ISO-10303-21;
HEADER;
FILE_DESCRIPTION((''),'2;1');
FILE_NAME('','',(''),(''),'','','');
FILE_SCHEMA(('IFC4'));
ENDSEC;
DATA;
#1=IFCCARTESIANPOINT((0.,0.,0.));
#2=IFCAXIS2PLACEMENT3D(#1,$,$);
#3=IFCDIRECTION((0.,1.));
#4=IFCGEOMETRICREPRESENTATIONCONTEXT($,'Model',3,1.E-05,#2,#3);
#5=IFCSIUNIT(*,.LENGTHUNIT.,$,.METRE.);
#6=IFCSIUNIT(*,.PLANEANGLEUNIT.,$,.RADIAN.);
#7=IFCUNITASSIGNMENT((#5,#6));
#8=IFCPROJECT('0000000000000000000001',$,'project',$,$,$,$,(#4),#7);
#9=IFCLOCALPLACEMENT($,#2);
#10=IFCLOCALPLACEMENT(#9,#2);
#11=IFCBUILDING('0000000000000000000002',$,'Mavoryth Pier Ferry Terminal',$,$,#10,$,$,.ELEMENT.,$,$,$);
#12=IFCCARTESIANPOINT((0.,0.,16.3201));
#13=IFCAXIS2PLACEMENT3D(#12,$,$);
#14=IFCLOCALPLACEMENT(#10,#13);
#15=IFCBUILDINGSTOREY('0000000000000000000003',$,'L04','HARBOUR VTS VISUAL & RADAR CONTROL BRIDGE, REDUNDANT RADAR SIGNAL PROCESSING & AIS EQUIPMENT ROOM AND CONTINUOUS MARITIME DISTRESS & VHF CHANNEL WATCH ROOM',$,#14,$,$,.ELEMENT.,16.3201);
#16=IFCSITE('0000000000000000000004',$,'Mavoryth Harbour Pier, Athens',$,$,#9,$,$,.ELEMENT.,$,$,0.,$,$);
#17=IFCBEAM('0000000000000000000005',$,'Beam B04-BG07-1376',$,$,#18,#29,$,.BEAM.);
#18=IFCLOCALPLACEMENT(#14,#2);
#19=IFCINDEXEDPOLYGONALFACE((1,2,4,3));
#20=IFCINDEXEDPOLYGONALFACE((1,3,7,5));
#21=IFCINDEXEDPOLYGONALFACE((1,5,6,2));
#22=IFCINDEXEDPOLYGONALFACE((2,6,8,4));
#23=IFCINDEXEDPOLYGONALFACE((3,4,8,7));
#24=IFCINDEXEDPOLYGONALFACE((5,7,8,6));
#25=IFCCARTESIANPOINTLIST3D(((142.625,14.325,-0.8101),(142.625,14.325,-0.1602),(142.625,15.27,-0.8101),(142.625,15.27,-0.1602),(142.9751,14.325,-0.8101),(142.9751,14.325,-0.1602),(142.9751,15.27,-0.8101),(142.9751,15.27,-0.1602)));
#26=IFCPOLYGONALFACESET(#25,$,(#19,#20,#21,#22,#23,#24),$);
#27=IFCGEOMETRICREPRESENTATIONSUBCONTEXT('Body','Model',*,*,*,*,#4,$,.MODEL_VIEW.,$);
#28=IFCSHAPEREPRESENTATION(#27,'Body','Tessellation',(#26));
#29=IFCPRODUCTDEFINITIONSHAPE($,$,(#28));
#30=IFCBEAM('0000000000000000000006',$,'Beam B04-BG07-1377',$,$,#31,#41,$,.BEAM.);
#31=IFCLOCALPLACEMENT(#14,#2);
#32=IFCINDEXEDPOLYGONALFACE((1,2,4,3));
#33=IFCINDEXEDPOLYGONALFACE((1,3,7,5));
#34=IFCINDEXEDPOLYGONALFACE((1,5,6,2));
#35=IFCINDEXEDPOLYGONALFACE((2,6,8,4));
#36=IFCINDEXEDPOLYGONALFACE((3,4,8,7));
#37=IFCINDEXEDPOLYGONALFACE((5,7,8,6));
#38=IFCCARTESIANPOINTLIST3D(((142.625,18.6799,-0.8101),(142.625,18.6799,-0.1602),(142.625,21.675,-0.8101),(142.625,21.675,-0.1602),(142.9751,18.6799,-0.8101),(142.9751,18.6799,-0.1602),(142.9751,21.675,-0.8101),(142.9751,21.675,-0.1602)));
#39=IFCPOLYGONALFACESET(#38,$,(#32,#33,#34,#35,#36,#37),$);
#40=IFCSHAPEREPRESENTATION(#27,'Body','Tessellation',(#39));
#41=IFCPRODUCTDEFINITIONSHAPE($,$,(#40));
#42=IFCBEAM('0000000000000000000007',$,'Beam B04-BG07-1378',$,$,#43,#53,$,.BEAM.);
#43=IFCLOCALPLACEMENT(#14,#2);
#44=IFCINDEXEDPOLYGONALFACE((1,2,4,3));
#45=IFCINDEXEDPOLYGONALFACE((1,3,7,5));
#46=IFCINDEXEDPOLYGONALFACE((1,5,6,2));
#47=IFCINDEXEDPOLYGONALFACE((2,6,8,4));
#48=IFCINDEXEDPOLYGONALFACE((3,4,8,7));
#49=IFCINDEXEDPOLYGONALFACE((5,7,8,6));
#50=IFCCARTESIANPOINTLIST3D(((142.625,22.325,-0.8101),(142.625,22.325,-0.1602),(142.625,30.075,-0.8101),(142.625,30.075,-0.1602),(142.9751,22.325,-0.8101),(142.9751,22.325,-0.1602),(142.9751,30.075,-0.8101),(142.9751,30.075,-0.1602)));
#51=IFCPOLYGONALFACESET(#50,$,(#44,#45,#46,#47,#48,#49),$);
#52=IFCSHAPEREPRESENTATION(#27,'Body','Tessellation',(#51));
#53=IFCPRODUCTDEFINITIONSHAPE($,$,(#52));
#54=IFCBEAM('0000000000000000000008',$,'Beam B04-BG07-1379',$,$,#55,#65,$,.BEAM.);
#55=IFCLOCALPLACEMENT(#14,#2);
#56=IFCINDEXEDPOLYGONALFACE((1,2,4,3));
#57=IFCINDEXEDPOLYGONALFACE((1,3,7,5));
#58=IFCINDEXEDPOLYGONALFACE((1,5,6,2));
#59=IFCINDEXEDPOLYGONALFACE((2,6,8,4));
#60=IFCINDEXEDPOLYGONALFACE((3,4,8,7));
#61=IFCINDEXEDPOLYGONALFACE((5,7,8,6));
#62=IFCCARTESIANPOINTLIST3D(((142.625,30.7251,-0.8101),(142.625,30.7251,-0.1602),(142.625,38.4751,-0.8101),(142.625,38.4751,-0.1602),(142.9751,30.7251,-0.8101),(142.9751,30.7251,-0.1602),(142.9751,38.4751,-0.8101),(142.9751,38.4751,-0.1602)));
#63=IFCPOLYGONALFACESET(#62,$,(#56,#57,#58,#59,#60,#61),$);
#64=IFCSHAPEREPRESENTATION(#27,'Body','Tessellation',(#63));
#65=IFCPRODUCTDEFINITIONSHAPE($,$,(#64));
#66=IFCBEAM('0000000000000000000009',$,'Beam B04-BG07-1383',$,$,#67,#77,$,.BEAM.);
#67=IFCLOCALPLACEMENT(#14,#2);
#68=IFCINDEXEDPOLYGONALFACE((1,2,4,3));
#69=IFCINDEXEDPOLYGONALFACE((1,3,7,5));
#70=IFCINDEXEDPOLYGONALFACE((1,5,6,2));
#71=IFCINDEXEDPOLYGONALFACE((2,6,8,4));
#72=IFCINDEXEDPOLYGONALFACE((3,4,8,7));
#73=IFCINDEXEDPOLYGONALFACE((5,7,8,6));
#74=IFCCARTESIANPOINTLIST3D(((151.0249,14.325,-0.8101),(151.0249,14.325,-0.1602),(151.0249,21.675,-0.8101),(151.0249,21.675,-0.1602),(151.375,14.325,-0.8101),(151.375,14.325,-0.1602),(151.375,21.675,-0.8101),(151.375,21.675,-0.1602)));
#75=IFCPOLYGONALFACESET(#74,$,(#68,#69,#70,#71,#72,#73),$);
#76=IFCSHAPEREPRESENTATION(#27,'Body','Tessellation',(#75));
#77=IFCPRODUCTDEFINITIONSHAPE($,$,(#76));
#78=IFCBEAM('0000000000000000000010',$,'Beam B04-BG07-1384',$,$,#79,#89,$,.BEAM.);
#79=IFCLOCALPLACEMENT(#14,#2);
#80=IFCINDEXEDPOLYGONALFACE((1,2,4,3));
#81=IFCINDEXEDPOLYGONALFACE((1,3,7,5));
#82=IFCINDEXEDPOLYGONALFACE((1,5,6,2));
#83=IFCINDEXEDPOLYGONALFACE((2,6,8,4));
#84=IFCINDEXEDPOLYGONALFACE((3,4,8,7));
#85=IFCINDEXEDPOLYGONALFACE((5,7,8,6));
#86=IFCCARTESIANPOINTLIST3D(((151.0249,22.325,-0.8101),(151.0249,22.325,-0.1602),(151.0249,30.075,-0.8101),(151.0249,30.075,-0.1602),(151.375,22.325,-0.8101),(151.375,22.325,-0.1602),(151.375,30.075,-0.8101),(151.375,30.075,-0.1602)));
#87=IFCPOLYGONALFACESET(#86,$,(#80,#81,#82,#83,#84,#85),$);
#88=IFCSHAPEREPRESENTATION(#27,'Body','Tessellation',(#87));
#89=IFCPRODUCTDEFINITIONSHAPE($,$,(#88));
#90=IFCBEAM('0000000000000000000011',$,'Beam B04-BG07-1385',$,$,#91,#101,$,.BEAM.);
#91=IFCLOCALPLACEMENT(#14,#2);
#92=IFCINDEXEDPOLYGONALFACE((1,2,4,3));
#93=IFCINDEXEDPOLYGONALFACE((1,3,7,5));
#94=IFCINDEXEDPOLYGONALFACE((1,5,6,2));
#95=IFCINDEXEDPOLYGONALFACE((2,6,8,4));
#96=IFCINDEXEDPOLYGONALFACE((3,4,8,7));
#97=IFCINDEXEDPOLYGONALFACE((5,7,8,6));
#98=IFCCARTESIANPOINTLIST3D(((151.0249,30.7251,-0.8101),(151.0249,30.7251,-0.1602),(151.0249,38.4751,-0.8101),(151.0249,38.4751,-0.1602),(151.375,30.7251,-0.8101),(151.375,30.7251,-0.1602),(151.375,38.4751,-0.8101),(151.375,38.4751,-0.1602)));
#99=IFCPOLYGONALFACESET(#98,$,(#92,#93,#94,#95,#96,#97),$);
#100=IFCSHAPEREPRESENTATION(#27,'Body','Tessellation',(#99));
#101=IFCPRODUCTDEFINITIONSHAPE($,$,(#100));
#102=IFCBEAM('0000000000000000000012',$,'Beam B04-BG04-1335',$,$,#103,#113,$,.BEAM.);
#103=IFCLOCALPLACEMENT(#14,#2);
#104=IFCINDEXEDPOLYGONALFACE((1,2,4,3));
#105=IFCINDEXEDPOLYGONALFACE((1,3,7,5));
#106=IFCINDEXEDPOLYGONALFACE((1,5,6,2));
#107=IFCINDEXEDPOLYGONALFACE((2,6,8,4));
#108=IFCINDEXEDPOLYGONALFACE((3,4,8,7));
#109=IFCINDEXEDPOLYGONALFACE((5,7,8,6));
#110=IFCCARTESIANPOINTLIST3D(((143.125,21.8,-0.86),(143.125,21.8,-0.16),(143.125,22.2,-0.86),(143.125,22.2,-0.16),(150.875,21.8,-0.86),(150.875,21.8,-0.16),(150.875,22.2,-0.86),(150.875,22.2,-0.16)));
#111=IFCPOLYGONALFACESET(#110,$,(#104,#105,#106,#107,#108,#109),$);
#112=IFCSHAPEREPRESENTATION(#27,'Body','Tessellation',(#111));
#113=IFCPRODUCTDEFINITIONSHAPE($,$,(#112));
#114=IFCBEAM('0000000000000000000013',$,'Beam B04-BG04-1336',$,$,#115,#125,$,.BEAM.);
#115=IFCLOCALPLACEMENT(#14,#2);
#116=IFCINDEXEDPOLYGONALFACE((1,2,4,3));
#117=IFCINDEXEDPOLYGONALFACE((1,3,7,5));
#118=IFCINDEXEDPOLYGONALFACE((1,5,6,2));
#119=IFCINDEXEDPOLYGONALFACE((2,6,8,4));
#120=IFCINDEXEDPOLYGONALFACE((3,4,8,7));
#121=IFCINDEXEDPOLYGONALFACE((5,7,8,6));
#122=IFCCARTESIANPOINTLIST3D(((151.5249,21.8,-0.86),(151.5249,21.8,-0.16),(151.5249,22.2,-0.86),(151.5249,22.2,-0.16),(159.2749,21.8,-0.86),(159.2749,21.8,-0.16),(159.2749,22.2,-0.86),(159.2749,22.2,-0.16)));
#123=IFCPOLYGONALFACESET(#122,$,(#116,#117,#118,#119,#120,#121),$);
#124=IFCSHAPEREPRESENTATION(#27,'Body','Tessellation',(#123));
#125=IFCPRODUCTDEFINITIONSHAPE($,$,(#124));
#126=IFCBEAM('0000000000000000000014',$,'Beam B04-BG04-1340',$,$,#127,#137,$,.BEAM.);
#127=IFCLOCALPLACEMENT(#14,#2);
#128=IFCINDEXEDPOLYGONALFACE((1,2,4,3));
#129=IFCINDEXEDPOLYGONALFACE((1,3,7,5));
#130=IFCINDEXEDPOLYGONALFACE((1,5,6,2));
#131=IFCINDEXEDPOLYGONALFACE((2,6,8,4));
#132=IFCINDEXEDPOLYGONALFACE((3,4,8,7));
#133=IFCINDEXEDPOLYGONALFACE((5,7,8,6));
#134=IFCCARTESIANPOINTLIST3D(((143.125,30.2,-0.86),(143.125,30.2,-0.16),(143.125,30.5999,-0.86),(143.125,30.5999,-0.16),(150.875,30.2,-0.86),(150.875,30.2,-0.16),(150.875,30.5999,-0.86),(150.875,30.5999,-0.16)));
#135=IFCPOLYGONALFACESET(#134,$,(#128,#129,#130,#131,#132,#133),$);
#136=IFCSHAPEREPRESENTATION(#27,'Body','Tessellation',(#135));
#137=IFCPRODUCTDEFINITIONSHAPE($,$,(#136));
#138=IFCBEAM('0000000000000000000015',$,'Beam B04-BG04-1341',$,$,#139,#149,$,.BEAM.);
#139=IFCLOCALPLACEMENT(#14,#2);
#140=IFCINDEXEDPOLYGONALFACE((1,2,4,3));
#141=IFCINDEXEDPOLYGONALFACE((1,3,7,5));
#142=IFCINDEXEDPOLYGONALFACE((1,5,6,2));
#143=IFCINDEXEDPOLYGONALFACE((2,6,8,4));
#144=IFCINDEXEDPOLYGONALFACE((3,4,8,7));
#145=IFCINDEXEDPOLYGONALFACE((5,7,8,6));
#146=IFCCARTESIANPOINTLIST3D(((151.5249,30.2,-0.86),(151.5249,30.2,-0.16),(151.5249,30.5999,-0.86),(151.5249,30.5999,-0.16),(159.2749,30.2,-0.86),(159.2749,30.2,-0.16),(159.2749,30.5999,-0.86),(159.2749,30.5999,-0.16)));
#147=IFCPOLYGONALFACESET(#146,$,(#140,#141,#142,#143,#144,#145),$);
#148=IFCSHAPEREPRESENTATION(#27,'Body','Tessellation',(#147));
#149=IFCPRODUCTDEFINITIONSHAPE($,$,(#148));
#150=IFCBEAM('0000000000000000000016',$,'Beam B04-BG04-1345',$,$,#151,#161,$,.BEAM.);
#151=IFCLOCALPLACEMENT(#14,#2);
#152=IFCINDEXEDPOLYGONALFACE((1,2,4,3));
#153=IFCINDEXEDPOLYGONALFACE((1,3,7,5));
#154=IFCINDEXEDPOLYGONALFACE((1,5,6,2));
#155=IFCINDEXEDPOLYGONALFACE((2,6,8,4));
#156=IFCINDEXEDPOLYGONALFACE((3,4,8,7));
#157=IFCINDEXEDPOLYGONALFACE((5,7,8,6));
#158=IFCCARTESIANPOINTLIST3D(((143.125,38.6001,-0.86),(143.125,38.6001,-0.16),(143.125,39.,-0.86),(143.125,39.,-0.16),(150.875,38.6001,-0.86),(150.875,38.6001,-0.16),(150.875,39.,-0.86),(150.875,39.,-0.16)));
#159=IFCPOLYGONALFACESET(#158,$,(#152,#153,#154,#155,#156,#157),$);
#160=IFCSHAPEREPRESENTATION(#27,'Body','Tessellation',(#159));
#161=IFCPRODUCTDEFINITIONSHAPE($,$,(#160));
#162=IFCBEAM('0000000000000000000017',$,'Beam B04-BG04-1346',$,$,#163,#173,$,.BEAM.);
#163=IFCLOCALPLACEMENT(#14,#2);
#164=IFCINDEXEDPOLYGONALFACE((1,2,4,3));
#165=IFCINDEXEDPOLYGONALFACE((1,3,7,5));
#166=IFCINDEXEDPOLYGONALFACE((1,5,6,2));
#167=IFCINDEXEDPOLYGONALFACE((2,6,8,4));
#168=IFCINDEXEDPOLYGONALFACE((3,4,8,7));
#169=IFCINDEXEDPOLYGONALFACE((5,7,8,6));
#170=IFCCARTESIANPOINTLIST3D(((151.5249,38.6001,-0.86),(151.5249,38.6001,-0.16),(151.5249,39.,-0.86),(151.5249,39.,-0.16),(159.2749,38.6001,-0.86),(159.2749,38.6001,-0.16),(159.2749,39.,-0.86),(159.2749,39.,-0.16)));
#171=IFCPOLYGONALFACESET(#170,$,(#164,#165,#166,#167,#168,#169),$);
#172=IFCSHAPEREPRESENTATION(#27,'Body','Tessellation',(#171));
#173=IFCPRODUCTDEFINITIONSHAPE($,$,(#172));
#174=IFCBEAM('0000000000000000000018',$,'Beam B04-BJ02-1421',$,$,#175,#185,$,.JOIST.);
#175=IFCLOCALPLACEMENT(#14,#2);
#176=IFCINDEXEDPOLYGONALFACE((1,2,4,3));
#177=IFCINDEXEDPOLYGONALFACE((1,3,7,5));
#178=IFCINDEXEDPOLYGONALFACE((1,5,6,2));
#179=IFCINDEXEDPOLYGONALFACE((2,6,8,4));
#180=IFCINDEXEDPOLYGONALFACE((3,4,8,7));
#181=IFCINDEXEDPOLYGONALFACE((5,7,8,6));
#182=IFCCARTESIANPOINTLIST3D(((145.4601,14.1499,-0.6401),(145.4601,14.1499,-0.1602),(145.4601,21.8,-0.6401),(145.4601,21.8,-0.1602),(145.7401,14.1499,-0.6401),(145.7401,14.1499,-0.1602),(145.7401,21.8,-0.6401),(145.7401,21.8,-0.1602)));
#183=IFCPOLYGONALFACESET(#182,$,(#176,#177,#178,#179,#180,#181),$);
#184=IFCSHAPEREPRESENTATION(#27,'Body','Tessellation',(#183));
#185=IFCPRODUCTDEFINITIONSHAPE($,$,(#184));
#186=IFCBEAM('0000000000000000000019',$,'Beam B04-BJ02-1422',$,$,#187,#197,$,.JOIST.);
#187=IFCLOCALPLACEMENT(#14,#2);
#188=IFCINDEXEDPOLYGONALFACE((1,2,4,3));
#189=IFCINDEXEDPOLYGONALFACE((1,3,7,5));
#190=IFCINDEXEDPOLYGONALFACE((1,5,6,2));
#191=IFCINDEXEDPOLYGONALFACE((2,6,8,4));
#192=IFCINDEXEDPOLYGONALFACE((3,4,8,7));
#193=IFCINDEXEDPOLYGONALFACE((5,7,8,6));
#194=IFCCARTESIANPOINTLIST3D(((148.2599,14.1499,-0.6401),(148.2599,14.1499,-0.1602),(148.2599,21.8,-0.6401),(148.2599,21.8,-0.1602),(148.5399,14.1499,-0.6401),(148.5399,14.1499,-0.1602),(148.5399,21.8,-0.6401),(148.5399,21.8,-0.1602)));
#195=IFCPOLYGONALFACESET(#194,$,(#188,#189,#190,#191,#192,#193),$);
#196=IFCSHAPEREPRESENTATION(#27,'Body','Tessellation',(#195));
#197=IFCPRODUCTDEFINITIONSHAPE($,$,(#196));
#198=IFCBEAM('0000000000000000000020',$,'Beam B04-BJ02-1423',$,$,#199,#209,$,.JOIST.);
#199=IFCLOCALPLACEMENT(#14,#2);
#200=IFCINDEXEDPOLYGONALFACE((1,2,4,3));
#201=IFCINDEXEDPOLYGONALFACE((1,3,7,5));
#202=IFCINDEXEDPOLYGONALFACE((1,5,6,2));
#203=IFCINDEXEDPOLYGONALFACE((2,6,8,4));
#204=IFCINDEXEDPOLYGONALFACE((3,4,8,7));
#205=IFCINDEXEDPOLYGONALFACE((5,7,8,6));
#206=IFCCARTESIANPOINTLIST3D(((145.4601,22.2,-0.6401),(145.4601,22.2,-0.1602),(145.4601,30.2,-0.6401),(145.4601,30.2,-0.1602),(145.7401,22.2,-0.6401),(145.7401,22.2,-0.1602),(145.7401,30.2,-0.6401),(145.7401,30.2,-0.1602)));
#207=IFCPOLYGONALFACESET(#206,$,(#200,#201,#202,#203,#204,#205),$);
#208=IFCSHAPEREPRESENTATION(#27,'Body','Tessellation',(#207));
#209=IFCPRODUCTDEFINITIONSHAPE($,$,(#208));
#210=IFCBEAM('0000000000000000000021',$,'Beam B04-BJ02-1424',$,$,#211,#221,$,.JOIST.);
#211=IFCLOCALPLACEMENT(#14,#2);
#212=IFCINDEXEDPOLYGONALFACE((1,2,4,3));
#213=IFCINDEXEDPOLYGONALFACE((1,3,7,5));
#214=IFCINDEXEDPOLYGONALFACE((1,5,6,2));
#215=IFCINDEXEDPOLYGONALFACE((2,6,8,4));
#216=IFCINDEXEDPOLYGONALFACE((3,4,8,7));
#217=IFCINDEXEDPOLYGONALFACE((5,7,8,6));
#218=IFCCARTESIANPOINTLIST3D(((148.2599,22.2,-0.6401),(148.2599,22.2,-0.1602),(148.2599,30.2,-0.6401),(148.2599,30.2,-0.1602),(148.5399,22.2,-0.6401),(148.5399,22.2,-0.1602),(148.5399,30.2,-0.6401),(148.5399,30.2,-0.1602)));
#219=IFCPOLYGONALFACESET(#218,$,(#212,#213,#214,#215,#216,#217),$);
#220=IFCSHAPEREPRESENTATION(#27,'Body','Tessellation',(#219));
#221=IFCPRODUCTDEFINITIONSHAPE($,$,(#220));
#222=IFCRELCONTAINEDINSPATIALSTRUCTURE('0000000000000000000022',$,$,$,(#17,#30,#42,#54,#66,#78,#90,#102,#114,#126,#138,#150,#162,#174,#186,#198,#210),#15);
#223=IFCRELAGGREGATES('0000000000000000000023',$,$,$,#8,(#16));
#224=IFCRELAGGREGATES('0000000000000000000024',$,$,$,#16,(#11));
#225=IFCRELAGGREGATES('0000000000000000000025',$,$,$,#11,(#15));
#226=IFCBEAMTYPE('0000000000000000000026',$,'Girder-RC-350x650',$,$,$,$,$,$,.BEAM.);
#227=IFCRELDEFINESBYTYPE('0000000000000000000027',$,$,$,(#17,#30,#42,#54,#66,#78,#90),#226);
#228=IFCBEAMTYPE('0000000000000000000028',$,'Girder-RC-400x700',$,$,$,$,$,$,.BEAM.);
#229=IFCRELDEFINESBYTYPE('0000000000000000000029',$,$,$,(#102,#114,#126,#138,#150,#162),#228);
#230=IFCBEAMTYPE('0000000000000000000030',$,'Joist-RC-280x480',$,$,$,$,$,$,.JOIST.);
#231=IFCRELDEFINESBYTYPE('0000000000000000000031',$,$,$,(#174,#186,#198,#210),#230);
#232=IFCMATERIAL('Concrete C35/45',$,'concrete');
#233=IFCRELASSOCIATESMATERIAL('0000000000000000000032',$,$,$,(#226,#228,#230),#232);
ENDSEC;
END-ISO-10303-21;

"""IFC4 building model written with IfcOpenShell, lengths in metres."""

from ifc_helpers import new_model, si_unit, direction, frame, origin, origin_2d, place, context, subcontext, project, spatial, rectangle, extrude, material, material_profile, profile_set, type_object, element, save


model = new_model("IFC4")

# Units and contexts
model_context = context("Model", 3, precision=1e-05, world=origin(), true_north=direction((0.0, 1.0)))
body_context = subcontext(model_context, "Body", "Model", "MODEL_VIEW")
ifc_project = project(units=[si_unit("LENGTHUNIT", "METRE"), si_unit("PLANEANGLEUNIT", "RADIAN")], contexts=[model_context])

# Site, building, storey
site_placement = place(None, origin())
site = spatial("IfcSite", under=ifc_project, at=site_placement, Name="Mavoryth Harbour Pier, Athens", CompositionType="ELEMENT", RefElevation=0.0)
building_placement = place(site_placement, origin())
building = spatial("IfcBuilding", under=site, at=building_placement, Name="Mavoryth Pier Ferry Terminal", CompositionType="ELEMENT")
storey_placement = place(building_placement, frame((0.0, 0.0, 16.3201)))
storey = spatial("IfcBuildingStorey", under=building, at=storey_placement, Name="L04", Description="HARBOUR VTS VISUAL & RADAR CONTROL BRIDGE, REDUNDANT RADAR SIGNAL PROCESSING & AIS EQUIPMENT ROOM AND CONTINUOUS MARITIME DISTRESS & VHF CHANNEL WATCH ROOM", CompositionType="ELEMENT", Elevation=16.3201)

# Beams
ifc_material = material(Name="Concrete C35/45", Category="concrete")
ifc_material_profile_1 = material_profile(ifc_material, rectangle(XDim=0.3501, YDim=0.6499, at=origin_2d()), Name="RC 350x650", Category="concrete")
ifc_profile_set_1 = profile_set([ifc_material_profile_1], Name="Concrete C35/45 - RC 350x650")
beam_type_1 = type_object("IfcBeamType", Name="Girder-RC-350x650", PredefinedType="BEAM", material=ifc_profile_set_1)
beam_1_placement = place(storey_placement, frame((142.8, 14.325, -0.4851), z_axis=(0.0, 1.0, 0.0), x_axis=(-1.0, 0.0, 0.0)))
element("IfcBeam", 1, at=beam_1_placement, inside=storey, type_object=beam_type_1, Name="Beam B04-BG07-1376", PredefinedType="BEAM", context=body_context, shape_type="SweptSolid", body=[
    extrude(rectangle(XDim=0.3501, YDim=0.6499, at=origin_2d()), origin(), (0.0, 0.0, 1.0), 0.9451),
])
beam_2_placement = place(storey_placement, frame((142.8, 18.6799, -0.4851), z_axis=(0.0, 1.0, 0.0), x_axis=(-1.0, 0.0, 0.0)))
element("IfcBeam", 2, at=beam_2_placement, inside=storey, type_object=beam_type_1, Name="Beam B04-BG07-1377", PredefinedType="BEAM", context=body_context, shape_type="SweptSolid", body=[
    extrude(rectangle(XDim=0.3501, YDim=0.6499, at=origin_2d()), origin(), (0.0, 0.0, 1.0), 2.9951),
])
for number, where, z_axis, x_axis, name in (
    (3, (142.8, 22.325, -0.4851), (0.0, 1.0, 0.0), (-1.0, 0.0, 0.0), "Beam B04-BG07-1378"),
    (4, (142.8, 30.7251, -0.4851), (0.0, 1.0, 0.0), (-1.0, 0.0, 0.0), "Beam B04-BG07-1379"),
):
    element("IfcBeam", number, at=place(storey_placement, frame(where, z_axis=z_axis, x_axis=x_axis)), inside=storey, type_object=beam_type_1, Name=name, PredefinedType="BEAM", context=body_context, shape_type="SweptSolid", body=[
        extrude(rectangle(XDim=0.3501, YDim=0.6499, at=origin_2d()), origin(), (0.0, 0.0, 1.0), 7.75),
    ])
beam_3_placement = place(storey_placement, frame((151.2, 14.325, -0.4851), z_axis=(0.0, 1.0, 0.0), x_axis=(-1.0, 0.0, 0.0)))
element("IfcBeam", 5, at=beam_3_placement, inside=storey, type_object=beam_type_1, Name="Beam B04-BG07-1383", PredefinedType="BEAM", context=body_context, shape_type="SweptSolid", body=[
    extrude(rectangle(XDim=0.3501, YDim=0.6499, at=origin_2d()), origin(), (0.0, 0.0, 1.0), 7.3501),
])
for number, where, z_axis, x_axis, name in (
    (6, (151.2, 22.325, -0.4851), (0.0, 1.0, 0.0), (-1.0, 0.0, 0.0), "Beam B04-BG07-1384"),
    (7, (151.2, 30.7251, -0.4851), (0.0, 1.0, 0.0), (-1.0, 0.0, 0.0), "Beam B04-BG07-1385"),
):
    element("IfcBeam", number, at=place(storey_placement, frame(where, z_axis=z_axis, x_axis=x_axis)), inside=storey, type_object=beam_type_1, Name=name, PredefinedType="BEAM", context=body_context, shape_type="SweptSolid", body=[
        extrude(rectangle(XDim=0.3501, YDim=0.6499, at=origin_2d()), origin(), (0.0, 0.0, 1.0), 7.75),
    ])
ifc_material_profile_2 = material_profile(ifc_material, rectangle(XDim=0.3999, YDim=0.7, at=origin_2d()), Name="RC 400x700", Category="concrete")
ifc_profile_set_2 = profile_set([ifc_material_profile_2], Name="Concrete C35/45 - RC 400x700")
beam_type_2 = type_object("IfcBeamType", Name="Girder-RC-400x700", PredefinedType="BEAM", material=ifc_profile_set_2)
for number, where, z_axis, x_axis, name in (
    (8, (143.125, 22.0, -0.51), (1.0, 0.0, 0.0), (0.0, 1.0, 0.0), "Beam B04-BG04-1335"),
    (9, (151.5249, 22.0, -0.51), (1.0, 0.0, 0.0), (0.0, 1.0, 0.0), "Beam B04-BG04-1336"),
    (10, (143.125, 30.3999, -0.51), (1.0, 0.0, 0.0), (0.0, 1.0, 0.0), "Beam B04-BG04-1340"),
    (11, (151.5249, 30.3999, -0.51), (1.0, 0.0, 0.0), (0.0, 1.0, 0.0), "Beam B04-BG04-1341"),
    (12, (143.125, 38.8, -0.51), (1.0, 0.0, 0.0), (0.0, 1.0, 0.0), "Beam B04-BG04-1345"),
    (13, (151.5249, 38.8, -0.51), (1.0, 0.0, 0.0), (0.0, 1.0, 0.0), "Beam B04-BG04-1346"),
):
    element("IfcBeam", number, at=place(storey_placement, frame(where, z_axis=z_axis, x_axis=x_axis)), inside=storey, type_object=beam_type_2, Name=name, PredefinedType="BEAM", context=body_context, shape_type="SweptSolid", body=[
        extrude(rectangle(XDim=0.3999, YDim=0.7, at=origin_2d()), origin(), (0.0, 0.0, 1.0), 7.75),
    ])
ifc_material_profile_3 = material_profile(ifc_material, rectangle(XDim=0.28, YDim=0.48, at=origin_2d()), Name="RC 280x480", Category="concrete")
ifc_profile_set_3 = profile_set([ifc_material_profile_3], Name="Concrete C35/45 - RC 280x480")
beam_type_3 = type_object("IfcBeamType", Name="Joist-RC-280x480", PredefinedType="JOIST", material=ifc_profile_set_3)
for number, where, z_axis, x_axis, name in (
    (14, (145.6001, 14.1499, -0.4001), (0.0, 1.0, 0.0), (-1.0, 0.0, 0.0), "Beam B04-BJ02-1421"),
    (15, (148.3999, 14.1499, -0.4001), (0.0, 1.0, 0.0), (-1.0, 0.0, 0.0), "Beam B04-BJ02-1422"),
):
    element("IfcBeam", number, at=place(storey_placement, frame(where, z_axis=z_axis, x_axis=x_axis)), inside=storey, type_object=beam_type_3, Name=name, PredefinedType="JOIST", context=body_context, shape_type="SweptSolid", body=[
        extrude(rectangle(XDim=0.28, YDim=0.48, at=origin_2d()), origin(), (0.0, 0.0, 1.0), 7.6501),
    ])
for number, where, z_axis, x_axis, name in (
    (16, (145.6001, 22.2, -0.4001), (0.0, 1.0, 0.0), (-1.0, 0.0, 0.0), "Beam B04-BJ02-1423"),
    (17, (148.3999, 22.2, -0.4001), (0.0, 1.0, 0.0), (-1.0, 0.0, 0.0), "Beam B04-BJ02-1424"),
):
    element("IfcBeam", number, at=place(storey_placement, frame(where, z_axis=z_axis, x_axis=x_axis)), inside=storey, type_object=beam_type_3, Name=name, PredefinedType="JOIST", context=body_context, shape_type="SweptSolid", body=[
        extrude(rectangle(XDim=0.28, YDim=0.48, at=origin_2d()), origin(), (0.0, 0.0, 1.0), 8.0),
    ])

save(model, "model.ifc")
